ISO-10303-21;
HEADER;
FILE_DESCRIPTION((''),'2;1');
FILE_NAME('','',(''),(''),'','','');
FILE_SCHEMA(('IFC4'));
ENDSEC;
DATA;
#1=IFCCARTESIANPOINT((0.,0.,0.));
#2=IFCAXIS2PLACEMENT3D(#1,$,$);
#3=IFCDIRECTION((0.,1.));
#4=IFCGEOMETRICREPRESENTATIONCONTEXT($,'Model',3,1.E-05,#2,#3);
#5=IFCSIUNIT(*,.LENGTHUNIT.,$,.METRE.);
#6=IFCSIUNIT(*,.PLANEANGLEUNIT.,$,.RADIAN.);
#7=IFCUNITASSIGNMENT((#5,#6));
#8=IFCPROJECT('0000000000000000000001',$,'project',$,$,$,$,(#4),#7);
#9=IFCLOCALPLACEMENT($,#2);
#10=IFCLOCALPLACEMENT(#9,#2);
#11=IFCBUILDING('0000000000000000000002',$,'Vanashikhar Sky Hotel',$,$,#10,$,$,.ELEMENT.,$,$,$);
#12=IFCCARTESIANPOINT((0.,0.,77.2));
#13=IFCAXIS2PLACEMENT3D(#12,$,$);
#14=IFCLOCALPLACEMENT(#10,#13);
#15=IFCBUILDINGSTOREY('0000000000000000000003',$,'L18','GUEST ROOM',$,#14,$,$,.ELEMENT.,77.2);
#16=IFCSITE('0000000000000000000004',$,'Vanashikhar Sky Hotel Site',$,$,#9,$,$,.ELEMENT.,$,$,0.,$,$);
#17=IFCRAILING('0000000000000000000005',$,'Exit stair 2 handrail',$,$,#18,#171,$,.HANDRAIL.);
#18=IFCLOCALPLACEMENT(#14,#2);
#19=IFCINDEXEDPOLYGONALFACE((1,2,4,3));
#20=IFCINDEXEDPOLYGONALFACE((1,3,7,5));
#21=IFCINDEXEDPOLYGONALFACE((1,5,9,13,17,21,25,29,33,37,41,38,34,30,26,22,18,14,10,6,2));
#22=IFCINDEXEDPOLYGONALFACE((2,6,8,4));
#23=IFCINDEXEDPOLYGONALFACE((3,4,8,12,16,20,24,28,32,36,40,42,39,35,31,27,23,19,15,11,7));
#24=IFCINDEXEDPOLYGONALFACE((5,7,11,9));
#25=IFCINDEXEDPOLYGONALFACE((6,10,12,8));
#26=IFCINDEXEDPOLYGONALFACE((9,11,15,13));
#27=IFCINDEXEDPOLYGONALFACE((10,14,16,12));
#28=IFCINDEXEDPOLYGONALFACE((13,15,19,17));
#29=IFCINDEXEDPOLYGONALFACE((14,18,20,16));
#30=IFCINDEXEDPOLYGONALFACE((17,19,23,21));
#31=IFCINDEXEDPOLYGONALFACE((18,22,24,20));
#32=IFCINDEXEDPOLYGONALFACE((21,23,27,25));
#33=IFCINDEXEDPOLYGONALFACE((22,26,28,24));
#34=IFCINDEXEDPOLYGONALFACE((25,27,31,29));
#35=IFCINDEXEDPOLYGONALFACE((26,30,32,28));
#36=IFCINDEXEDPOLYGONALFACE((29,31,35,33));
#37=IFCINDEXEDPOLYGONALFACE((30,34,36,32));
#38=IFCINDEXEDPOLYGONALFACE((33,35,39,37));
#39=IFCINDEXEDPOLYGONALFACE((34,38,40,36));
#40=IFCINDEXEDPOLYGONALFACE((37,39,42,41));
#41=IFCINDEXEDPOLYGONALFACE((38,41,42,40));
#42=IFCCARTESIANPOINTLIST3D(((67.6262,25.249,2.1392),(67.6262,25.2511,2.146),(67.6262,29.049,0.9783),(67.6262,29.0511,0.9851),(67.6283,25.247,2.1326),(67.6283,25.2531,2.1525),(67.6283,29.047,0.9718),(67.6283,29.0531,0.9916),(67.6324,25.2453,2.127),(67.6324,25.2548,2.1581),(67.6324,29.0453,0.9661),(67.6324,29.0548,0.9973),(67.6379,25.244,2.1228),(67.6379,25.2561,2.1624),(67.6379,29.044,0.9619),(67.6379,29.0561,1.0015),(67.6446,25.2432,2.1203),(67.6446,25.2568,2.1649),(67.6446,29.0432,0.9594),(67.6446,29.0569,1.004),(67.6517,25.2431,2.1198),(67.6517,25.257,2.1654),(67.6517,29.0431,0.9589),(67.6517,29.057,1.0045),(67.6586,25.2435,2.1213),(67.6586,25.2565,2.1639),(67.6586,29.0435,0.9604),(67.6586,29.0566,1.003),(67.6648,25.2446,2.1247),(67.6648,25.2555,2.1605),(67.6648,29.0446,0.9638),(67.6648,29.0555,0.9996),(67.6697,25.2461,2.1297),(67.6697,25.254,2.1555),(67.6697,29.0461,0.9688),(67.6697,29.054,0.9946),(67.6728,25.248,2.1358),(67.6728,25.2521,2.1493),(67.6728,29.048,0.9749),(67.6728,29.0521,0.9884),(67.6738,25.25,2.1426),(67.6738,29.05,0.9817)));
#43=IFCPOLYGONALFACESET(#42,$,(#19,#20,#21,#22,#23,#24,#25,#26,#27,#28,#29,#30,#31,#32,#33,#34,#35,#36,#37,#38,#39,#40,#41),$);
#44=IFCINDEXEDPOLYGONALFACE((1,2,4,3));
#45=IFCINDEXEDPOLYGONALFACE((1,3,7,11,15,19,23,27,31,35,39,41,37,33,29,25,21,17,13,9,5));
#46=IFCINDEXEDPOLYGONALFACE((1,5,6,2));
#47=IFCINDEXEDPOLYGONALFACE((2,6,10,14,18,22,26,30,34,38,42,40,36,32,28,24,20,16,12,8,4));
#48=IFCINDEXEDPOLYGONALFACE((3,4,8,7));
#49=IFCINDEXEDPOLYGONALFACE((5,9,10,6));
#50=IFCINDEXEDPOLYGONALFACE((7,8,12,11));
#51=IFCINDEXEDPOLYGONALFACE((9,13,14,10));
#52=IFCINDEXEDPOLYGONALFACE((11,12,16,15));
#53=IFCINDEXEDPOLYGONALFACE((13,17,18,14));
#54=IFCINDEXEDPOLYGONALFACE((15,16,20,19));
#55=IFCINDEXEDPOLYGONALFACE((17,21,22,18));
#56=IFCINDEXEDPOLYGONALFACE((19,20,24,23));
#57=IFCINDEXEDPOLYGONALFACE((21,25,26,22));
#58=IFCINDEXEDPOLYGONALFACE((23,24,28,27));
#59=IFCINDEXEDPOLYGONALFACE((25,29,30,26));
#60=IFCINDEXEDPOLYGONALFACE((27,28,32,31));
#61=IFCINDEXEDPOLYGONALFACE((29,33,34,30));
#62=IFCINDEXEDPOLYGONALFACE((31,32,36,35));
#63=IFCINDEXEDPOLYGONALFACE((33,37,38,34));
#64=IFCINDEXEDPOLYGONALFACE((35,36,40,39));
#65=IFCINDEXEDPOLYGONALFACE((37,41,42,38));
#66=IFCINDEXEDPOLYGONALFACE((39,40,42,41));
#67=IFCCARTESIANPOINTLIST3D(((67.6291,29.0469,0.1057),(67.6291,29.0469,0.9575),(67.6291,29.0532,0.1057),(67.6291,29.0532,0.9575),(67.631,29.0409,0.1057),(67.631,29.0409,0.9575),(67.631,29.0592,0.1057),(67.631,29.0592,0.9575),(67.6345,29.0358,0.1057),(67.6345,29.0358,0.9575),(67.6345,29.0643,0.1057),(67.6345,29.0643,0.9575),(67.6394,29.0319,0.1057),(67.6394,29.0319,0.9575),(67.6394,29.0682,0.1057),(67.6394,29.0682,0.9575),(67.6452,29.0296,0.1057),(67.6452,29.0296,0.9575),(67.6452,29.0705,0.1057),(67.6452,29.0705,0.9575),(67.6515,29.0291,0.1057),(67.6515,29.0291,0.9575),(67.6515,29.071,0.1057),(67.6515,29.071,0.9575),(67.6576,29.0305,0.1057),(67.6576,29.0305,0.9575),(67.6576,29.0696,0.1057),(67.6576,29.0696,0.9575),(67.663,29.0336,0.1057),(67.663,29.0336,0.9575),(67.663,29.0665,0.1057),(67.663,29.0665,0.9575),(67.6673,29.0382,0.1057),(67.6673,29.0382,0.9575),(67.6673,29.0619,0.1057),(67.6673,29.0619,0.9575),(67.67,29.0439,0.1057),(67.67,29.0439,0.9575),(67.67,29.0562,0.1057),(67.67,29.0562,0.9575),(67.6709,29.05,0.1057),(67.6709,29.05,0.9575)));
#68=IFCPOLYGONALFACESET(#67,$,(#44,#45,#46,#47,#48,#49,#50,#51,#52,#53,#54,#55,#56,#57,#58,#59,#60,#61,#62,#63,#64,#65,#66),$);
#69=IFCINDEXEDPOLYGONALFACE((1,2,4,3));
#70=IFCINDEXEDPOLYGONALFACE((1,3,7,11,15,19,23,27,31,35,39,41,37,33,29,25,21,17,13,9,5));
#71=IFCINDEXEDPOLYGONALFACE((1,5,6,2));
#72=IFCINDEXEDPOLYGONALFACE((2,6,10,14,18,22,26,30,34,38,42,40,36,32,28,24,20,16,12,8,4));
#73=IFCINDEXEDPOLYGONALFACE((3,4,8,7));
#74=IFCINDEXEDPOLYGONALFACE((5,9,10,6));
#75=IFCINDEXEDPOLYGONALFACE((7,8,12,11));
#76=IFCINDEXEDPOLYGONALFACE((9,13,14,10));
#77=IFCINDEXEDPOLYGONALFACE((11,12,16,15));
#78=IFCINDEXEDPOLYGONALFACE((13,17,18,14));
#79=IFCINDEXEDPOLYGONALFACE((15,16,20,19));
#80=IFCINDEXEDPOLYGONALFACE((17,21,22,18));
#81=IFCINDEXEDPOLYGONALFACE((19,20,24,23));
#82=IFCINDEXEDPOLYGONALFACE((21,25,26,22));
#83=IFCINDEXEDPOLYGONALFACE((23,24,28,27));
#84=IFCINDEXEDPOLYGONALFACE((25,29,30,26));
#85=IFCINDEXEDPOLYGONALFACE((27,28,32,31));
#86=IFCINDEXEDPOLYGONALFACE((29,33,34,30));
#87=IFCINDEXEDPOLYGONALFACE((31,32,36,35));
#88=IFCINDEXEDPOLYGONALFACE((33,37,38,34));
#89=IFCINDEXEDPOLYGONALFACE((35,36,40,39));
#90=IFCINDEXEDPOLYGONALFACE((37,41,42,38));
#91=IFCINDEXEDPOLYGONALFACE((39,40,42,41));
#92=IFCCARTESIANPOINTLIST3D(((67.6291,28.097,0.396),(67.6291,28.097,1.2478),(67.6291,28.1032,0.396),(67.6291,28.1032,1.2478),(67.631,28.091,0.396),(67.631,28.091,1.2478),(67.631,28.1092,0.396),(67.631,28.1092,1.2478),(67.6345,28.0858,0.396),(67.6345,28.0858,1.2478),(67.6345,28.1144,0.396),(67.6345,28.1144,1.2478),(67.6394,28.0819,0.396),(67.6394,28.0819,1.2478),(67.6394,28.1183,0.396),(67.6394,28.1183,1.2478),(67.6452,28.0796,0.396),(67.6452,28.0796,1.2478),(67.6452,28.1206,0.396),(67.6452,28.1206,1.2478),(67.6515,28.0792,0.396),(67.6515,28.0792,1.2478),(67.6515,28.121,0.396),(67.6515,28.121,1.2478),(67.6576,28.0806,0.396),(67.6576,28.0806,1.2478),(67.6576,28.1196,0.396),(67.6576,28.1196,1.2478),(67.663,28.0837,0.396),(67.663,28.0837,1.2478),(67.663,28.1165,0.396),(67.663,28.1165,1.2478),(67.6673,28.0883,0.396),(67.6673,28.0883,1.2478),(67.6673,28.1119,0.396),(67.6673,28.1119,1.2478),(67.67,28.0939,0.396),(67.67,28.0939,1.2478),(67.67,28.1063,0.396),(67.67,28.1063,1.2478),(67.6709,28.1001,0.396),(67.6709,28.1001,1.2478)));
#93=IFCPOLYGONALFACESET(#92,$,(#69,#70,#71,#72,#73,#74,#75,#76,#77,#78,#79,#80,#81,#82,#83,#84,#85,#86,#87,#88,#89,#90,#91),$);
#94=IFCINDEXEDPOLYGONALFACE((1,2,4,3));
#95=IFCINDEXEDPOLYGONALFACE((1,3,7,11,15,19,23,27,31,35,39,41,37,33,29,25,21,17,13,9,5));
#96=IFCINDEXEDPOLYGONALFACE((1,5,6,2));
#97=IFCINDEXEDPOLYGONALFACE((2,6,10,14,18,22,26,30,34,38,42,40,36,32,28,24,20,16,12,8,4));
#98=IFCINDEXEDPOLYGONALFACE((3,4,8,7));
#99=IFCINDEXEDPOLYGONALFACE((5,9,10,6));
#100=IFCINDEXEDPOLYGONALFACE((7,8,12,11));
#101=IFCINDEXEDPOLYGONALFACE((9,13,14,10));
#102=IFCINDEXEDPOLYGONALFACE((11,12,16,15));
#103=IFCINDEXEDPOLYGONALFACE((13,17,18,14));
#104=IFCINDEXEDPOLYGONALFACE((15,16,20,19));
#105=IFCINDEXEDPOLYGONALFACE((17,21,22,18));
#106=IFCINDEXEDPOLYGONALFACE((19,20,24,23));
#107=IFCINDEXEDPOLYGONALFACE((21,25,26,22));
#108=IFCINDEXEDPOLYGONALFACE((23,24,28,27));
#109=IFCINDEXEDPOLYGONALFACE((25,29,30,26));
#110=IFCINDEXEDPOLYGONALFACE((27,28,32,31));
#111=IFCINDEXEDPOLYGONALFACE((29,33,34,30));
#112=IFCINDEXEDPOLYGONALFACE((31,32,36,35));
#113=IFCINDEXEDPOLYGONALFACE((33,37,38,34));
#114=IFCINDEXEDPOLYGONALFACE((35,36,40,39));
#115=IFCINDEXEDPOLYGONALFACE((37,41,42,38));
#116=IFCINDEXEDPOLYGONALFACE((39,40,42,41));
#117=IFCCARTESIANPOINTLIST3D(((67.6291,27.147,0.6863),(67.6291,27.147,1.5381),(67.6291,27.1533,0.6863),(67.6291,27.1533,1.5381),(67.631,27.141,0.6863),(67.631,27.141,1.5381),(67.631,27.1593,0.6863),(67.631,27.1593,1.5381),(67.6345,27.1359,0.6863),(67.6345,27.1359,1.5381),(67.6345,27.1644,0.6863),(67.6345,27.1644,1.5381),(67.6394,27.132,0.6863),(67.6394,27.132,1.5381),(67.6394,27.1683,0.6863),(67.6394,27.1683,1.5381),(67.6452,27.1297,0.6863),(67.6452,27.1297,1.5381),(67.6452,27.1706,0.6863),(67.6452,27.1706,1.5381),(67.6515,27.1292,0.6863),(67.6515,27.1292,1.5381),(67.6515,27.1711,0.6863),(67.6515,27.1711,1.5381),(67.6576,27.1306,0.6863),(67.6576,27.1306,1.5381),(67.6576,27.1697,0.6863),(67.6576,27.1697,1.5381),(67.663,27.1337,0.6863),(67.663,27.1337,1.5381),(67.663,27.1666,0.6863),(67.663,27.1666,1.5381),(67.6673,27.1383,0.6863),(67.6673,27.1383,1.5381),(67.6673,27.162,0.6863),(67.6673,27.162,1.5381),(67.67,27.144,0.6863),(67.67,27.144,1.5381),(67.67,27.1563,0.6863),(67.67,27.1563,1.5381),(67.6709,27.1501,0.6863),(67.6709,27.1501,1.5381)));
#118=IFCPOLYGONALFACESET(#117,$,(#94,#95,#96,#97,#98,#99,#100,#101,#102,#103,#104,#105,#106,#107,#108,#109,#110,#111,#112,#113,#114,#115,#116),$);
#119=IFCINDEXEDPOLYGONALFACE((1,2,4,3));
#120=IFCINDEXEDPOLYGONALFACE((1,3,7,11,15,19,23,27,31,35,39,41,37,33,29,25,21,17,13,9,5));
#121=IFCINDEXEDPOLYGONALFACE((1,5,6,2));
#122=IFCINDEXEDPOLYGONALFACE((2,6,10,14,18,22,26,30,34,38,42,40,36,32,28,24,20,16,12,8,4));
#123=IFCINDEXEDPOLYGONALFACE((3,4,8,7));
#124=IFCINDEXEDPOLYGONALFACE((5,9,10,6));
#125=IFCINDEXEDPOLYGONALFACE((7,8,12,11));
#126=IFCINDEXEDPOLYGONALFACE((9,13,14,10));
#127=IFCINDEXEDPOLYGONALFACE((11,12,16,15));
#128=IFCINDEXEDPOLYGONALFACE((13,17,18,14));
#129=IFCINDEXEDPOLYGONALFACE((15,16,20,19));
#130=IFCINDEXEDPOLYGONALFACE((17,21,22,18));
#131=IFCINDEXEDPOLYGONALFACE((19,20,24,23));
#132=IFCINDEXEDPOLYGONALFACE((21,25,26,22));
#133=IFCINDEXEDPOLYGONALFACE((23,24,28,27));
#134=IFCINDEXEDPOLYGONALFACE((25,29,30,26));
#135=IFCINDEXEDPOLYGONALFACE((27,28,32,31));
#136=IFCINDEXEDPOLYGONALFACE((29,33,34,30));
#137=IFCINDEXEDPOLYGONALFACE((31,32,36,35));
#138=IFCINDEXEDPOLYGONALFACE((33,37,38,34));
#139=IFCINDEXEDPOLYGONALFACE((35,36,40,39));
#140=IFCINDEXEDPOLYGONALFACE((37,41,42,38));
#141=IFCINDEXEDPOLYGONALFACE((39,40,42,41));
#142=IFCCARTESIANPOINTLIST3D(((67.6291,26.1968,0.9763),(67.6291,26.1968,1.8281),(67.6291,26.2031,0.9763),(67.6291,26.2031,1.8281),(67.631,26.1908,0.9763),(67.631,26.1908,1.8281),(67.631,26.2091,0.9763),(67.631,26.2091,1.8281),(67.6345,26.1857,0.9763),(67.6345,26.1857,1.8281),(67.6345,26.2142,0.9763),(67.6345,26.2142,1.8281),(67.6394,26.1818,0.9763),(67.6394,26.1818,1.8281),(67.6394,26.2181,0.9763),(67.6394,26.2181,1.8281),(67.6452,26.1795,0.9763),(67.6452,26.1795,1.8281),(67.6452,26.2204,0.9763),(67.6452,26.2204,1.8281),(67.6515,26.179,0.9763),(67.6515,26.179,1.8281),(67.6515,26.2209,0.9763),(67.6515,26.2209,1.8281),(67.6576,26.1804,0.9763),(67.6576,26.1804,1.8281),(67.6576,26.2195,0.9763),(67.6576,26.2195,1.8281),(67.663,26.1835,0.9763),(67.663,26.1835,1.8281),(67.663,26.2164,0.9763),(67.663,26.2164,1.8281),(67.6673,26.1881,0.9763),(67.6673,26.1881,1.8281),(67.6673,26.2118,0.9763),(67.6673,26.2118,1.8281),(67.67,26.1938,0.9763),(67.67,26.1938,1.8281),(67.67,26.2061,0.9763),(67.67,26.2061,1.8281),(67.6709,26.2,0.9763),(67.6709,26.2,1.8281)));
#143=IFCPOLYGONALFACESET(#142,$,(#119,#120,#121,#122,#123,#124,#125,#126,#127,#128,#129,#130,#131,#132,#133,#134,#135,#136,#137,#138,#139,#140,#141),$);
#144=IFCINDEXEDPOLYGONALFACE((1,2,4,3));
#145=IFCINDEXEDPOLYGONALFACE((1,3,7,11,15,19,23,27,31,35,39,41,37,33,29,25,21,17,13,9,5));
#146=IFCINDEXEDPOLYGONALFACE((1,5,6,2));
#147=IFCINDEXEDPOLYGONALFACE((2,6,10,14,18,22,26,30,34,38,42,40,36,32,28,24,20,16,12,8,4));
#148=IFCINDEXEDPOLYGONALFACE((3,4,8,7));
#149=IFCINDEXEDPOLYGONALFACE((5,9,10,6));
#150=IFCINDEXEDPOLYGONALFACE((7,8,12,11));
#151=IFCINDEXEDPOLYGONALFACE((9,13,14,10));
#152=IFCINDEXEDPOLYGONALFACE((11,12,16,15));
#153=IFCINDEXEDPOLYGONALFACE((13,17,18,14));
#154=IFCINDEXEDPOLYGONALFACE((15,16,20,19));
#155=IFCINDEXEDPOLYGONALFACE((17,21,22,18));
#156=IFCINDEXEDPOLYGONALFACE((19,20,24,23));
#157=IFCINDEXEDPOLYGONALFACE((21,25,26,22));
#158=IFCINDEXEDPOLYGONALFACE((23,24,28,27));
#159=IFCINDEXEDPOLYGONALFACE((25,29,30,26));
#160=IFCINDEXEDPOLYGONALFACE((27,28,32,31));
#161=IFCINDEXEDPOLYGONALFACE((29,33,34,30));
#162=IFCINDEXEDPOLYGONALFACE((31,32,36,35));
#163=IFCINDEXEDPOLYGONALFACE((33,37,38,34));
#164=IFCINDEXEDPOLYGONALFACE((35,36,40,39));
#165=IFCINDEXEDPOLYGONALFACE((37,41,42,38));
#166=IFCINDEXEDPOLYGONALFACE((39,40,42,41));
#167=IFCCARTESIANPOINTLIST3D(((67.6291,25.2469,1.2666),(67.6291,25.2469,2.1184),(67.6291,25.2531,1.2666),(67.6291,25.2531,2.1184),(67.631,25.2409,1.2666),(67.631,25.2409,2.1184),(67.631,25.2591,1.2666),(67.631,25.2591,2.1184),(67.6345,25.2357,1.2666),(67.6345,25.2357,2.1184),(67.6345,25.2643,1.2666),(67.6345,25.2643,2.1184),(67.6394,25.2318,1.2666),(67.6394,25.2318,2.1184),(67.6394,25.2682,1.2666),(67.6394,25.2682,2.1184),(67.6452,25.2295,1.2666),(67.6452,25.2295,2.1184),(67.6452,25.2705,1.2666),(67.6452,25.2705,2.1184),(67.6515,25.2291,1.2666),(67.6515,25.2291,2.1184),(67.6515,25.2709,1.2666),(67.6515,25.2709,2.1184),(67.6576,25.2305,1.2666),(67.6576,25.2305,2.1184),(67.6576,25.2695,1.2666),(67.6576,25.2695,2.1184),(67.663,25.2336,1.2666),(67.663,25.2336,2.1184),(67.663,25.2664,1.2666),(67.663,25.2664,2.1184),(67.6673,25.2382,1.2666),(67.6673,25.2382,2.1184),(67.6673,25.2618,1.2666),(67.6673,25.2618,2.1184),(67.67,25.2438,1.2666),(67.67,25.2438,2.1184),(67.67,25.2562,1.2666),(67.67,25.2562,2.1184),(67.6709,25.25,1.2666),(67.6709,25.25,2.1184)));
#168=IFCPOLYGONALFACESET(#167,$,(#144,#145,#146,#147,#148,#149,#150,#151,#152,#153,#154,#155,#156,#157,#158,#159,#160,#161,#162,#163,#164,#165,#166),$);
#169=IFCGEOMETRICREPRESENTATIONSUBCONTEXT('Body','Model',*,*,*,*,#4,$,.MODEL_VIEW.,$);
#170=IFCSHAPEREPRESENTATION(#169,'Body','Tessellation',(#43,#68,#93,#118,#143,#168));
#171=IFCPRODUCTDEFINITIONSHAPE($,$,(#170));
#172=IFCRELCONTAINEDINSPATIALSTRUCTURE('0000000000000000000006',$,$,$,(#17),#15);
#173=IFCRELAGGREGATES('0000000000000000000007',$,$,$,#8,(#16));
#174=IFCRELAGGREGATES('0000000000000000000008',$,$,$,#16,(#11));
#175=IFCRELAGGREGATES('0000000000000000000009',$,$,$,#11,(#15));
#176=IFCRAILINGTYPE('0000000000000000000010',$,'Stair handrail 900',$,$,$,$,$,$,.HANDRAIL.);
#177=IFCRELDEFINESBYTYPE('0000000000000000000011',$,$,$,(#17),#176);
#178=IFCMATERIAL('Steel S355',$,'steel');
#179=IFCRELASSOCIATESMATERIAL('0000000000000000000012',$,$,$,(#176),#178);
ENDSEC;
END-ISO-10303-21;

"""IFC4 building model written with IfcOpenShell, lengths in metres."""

from ifc_helpers import new_model, si_unit, direction, frame, origin, origin_2d, place, context, subcontext, project, spatial, circle, extrude, source, transform, mapped, material, type_object, element, save


model = new_model("IFC4")

# Units and contexts
model_context = context("Model", 3, precision=1e-05, world=origin(), true_north=direction((0.0, 1.0)))
body_context = subcontext(model_context, "Body", "Model", "MODEL_VIEW")
ifc_project = project(units=[si_unit("LENGTHUNIT", "METRE"), si_unit("PLANEANGLEUNIT", "RADIAN")], contexts=[model_context])

# Site, building, storey
site_placement = place(None, origin())
site = spatial("IfcSite", under=ifc_project, at=site_placement, Name="Vanashikhar Sky Hotel Site", CompositionType="ELEMENT", RefElevation=0.0)
building_placement = place(site_placement, origin())
building = spatial("IfcBuilding", under=site, at=building_placement, Name="Vanashikhar Sky Hotel", CompositionType="ELEMENT")
storey_placement = place(building_placement, frame((0.0, 0.0, 77.2)))
storey = spatial("IfcBuildingStorey", under=building, at=storey_placement, Name="L18", Description="GUEST ROOM", CompositionType="ELEMENT", Elevation=77.2)

# Railing
ifc_material_1 = material(Name="Steel S355", Category="steel")
railing_type_1 = type_object("IfcRailingType", Name="Stair handrail 900", PredefinedType="HANDRAIL", material=ifc_material_1)
shared_shape_1 = source(origin(), body_context, "Body", "SweptSolid", [
    extrude(circle(Radius=0.0239, at=origin_2d()), frame((0.0, 0.0, 0.876), z_axis=(0.0, -0.956368, 0.292164), x_axis=(1.0, 0.0, 0.0)), (0.0, 0.0, 1.0), 3.9734),
    extrude(circle(Radius=0.021, at=origin_2d()), origin(), (0.0, 0.0, 1.0), 0.8518),
    extrude(circle(Radius=0.021, at=origin_2d()), frame((0.0, -0.95, 0.2903)), (0.0, 0.0, 1.0), 0.8518),
    extrude(circle(Radius=0.021, at=origin_2d()), frame((0.0, -1.8999, 0.5806)), (0.0, 0.0, 1.0), 0.8518),
    extrude(circle(Radius=0.021, at=origin_2d()), frame((0.0, -2.8501, 0.8706)), (0.0, 0.0, 1.0), 0.8518),
    extrude(circle(Radius=0.021, at=origin_2d()), frame((0.0, -3.8, 1.1609)), (0.0, 0.0, 1.0), 0.8518),
])
for number, where, name in (
    (1, (67.6499, 29.05, 0.1057), "Exit stair 2 handrail"),
):
    element("IfcRailing", number, at=place(storey_placement, frame(where)), inside=storey, type_object=railing_type_1, Name=name, PredefinedType="HANDRAIL", context=body_context, shape_type="MappedRepresentation", body=[
        mapped(shared_shape_1, transform((0.0, 0.0, 0.0), scale=1.0)),
    ])

save(model, "model.ifc")
